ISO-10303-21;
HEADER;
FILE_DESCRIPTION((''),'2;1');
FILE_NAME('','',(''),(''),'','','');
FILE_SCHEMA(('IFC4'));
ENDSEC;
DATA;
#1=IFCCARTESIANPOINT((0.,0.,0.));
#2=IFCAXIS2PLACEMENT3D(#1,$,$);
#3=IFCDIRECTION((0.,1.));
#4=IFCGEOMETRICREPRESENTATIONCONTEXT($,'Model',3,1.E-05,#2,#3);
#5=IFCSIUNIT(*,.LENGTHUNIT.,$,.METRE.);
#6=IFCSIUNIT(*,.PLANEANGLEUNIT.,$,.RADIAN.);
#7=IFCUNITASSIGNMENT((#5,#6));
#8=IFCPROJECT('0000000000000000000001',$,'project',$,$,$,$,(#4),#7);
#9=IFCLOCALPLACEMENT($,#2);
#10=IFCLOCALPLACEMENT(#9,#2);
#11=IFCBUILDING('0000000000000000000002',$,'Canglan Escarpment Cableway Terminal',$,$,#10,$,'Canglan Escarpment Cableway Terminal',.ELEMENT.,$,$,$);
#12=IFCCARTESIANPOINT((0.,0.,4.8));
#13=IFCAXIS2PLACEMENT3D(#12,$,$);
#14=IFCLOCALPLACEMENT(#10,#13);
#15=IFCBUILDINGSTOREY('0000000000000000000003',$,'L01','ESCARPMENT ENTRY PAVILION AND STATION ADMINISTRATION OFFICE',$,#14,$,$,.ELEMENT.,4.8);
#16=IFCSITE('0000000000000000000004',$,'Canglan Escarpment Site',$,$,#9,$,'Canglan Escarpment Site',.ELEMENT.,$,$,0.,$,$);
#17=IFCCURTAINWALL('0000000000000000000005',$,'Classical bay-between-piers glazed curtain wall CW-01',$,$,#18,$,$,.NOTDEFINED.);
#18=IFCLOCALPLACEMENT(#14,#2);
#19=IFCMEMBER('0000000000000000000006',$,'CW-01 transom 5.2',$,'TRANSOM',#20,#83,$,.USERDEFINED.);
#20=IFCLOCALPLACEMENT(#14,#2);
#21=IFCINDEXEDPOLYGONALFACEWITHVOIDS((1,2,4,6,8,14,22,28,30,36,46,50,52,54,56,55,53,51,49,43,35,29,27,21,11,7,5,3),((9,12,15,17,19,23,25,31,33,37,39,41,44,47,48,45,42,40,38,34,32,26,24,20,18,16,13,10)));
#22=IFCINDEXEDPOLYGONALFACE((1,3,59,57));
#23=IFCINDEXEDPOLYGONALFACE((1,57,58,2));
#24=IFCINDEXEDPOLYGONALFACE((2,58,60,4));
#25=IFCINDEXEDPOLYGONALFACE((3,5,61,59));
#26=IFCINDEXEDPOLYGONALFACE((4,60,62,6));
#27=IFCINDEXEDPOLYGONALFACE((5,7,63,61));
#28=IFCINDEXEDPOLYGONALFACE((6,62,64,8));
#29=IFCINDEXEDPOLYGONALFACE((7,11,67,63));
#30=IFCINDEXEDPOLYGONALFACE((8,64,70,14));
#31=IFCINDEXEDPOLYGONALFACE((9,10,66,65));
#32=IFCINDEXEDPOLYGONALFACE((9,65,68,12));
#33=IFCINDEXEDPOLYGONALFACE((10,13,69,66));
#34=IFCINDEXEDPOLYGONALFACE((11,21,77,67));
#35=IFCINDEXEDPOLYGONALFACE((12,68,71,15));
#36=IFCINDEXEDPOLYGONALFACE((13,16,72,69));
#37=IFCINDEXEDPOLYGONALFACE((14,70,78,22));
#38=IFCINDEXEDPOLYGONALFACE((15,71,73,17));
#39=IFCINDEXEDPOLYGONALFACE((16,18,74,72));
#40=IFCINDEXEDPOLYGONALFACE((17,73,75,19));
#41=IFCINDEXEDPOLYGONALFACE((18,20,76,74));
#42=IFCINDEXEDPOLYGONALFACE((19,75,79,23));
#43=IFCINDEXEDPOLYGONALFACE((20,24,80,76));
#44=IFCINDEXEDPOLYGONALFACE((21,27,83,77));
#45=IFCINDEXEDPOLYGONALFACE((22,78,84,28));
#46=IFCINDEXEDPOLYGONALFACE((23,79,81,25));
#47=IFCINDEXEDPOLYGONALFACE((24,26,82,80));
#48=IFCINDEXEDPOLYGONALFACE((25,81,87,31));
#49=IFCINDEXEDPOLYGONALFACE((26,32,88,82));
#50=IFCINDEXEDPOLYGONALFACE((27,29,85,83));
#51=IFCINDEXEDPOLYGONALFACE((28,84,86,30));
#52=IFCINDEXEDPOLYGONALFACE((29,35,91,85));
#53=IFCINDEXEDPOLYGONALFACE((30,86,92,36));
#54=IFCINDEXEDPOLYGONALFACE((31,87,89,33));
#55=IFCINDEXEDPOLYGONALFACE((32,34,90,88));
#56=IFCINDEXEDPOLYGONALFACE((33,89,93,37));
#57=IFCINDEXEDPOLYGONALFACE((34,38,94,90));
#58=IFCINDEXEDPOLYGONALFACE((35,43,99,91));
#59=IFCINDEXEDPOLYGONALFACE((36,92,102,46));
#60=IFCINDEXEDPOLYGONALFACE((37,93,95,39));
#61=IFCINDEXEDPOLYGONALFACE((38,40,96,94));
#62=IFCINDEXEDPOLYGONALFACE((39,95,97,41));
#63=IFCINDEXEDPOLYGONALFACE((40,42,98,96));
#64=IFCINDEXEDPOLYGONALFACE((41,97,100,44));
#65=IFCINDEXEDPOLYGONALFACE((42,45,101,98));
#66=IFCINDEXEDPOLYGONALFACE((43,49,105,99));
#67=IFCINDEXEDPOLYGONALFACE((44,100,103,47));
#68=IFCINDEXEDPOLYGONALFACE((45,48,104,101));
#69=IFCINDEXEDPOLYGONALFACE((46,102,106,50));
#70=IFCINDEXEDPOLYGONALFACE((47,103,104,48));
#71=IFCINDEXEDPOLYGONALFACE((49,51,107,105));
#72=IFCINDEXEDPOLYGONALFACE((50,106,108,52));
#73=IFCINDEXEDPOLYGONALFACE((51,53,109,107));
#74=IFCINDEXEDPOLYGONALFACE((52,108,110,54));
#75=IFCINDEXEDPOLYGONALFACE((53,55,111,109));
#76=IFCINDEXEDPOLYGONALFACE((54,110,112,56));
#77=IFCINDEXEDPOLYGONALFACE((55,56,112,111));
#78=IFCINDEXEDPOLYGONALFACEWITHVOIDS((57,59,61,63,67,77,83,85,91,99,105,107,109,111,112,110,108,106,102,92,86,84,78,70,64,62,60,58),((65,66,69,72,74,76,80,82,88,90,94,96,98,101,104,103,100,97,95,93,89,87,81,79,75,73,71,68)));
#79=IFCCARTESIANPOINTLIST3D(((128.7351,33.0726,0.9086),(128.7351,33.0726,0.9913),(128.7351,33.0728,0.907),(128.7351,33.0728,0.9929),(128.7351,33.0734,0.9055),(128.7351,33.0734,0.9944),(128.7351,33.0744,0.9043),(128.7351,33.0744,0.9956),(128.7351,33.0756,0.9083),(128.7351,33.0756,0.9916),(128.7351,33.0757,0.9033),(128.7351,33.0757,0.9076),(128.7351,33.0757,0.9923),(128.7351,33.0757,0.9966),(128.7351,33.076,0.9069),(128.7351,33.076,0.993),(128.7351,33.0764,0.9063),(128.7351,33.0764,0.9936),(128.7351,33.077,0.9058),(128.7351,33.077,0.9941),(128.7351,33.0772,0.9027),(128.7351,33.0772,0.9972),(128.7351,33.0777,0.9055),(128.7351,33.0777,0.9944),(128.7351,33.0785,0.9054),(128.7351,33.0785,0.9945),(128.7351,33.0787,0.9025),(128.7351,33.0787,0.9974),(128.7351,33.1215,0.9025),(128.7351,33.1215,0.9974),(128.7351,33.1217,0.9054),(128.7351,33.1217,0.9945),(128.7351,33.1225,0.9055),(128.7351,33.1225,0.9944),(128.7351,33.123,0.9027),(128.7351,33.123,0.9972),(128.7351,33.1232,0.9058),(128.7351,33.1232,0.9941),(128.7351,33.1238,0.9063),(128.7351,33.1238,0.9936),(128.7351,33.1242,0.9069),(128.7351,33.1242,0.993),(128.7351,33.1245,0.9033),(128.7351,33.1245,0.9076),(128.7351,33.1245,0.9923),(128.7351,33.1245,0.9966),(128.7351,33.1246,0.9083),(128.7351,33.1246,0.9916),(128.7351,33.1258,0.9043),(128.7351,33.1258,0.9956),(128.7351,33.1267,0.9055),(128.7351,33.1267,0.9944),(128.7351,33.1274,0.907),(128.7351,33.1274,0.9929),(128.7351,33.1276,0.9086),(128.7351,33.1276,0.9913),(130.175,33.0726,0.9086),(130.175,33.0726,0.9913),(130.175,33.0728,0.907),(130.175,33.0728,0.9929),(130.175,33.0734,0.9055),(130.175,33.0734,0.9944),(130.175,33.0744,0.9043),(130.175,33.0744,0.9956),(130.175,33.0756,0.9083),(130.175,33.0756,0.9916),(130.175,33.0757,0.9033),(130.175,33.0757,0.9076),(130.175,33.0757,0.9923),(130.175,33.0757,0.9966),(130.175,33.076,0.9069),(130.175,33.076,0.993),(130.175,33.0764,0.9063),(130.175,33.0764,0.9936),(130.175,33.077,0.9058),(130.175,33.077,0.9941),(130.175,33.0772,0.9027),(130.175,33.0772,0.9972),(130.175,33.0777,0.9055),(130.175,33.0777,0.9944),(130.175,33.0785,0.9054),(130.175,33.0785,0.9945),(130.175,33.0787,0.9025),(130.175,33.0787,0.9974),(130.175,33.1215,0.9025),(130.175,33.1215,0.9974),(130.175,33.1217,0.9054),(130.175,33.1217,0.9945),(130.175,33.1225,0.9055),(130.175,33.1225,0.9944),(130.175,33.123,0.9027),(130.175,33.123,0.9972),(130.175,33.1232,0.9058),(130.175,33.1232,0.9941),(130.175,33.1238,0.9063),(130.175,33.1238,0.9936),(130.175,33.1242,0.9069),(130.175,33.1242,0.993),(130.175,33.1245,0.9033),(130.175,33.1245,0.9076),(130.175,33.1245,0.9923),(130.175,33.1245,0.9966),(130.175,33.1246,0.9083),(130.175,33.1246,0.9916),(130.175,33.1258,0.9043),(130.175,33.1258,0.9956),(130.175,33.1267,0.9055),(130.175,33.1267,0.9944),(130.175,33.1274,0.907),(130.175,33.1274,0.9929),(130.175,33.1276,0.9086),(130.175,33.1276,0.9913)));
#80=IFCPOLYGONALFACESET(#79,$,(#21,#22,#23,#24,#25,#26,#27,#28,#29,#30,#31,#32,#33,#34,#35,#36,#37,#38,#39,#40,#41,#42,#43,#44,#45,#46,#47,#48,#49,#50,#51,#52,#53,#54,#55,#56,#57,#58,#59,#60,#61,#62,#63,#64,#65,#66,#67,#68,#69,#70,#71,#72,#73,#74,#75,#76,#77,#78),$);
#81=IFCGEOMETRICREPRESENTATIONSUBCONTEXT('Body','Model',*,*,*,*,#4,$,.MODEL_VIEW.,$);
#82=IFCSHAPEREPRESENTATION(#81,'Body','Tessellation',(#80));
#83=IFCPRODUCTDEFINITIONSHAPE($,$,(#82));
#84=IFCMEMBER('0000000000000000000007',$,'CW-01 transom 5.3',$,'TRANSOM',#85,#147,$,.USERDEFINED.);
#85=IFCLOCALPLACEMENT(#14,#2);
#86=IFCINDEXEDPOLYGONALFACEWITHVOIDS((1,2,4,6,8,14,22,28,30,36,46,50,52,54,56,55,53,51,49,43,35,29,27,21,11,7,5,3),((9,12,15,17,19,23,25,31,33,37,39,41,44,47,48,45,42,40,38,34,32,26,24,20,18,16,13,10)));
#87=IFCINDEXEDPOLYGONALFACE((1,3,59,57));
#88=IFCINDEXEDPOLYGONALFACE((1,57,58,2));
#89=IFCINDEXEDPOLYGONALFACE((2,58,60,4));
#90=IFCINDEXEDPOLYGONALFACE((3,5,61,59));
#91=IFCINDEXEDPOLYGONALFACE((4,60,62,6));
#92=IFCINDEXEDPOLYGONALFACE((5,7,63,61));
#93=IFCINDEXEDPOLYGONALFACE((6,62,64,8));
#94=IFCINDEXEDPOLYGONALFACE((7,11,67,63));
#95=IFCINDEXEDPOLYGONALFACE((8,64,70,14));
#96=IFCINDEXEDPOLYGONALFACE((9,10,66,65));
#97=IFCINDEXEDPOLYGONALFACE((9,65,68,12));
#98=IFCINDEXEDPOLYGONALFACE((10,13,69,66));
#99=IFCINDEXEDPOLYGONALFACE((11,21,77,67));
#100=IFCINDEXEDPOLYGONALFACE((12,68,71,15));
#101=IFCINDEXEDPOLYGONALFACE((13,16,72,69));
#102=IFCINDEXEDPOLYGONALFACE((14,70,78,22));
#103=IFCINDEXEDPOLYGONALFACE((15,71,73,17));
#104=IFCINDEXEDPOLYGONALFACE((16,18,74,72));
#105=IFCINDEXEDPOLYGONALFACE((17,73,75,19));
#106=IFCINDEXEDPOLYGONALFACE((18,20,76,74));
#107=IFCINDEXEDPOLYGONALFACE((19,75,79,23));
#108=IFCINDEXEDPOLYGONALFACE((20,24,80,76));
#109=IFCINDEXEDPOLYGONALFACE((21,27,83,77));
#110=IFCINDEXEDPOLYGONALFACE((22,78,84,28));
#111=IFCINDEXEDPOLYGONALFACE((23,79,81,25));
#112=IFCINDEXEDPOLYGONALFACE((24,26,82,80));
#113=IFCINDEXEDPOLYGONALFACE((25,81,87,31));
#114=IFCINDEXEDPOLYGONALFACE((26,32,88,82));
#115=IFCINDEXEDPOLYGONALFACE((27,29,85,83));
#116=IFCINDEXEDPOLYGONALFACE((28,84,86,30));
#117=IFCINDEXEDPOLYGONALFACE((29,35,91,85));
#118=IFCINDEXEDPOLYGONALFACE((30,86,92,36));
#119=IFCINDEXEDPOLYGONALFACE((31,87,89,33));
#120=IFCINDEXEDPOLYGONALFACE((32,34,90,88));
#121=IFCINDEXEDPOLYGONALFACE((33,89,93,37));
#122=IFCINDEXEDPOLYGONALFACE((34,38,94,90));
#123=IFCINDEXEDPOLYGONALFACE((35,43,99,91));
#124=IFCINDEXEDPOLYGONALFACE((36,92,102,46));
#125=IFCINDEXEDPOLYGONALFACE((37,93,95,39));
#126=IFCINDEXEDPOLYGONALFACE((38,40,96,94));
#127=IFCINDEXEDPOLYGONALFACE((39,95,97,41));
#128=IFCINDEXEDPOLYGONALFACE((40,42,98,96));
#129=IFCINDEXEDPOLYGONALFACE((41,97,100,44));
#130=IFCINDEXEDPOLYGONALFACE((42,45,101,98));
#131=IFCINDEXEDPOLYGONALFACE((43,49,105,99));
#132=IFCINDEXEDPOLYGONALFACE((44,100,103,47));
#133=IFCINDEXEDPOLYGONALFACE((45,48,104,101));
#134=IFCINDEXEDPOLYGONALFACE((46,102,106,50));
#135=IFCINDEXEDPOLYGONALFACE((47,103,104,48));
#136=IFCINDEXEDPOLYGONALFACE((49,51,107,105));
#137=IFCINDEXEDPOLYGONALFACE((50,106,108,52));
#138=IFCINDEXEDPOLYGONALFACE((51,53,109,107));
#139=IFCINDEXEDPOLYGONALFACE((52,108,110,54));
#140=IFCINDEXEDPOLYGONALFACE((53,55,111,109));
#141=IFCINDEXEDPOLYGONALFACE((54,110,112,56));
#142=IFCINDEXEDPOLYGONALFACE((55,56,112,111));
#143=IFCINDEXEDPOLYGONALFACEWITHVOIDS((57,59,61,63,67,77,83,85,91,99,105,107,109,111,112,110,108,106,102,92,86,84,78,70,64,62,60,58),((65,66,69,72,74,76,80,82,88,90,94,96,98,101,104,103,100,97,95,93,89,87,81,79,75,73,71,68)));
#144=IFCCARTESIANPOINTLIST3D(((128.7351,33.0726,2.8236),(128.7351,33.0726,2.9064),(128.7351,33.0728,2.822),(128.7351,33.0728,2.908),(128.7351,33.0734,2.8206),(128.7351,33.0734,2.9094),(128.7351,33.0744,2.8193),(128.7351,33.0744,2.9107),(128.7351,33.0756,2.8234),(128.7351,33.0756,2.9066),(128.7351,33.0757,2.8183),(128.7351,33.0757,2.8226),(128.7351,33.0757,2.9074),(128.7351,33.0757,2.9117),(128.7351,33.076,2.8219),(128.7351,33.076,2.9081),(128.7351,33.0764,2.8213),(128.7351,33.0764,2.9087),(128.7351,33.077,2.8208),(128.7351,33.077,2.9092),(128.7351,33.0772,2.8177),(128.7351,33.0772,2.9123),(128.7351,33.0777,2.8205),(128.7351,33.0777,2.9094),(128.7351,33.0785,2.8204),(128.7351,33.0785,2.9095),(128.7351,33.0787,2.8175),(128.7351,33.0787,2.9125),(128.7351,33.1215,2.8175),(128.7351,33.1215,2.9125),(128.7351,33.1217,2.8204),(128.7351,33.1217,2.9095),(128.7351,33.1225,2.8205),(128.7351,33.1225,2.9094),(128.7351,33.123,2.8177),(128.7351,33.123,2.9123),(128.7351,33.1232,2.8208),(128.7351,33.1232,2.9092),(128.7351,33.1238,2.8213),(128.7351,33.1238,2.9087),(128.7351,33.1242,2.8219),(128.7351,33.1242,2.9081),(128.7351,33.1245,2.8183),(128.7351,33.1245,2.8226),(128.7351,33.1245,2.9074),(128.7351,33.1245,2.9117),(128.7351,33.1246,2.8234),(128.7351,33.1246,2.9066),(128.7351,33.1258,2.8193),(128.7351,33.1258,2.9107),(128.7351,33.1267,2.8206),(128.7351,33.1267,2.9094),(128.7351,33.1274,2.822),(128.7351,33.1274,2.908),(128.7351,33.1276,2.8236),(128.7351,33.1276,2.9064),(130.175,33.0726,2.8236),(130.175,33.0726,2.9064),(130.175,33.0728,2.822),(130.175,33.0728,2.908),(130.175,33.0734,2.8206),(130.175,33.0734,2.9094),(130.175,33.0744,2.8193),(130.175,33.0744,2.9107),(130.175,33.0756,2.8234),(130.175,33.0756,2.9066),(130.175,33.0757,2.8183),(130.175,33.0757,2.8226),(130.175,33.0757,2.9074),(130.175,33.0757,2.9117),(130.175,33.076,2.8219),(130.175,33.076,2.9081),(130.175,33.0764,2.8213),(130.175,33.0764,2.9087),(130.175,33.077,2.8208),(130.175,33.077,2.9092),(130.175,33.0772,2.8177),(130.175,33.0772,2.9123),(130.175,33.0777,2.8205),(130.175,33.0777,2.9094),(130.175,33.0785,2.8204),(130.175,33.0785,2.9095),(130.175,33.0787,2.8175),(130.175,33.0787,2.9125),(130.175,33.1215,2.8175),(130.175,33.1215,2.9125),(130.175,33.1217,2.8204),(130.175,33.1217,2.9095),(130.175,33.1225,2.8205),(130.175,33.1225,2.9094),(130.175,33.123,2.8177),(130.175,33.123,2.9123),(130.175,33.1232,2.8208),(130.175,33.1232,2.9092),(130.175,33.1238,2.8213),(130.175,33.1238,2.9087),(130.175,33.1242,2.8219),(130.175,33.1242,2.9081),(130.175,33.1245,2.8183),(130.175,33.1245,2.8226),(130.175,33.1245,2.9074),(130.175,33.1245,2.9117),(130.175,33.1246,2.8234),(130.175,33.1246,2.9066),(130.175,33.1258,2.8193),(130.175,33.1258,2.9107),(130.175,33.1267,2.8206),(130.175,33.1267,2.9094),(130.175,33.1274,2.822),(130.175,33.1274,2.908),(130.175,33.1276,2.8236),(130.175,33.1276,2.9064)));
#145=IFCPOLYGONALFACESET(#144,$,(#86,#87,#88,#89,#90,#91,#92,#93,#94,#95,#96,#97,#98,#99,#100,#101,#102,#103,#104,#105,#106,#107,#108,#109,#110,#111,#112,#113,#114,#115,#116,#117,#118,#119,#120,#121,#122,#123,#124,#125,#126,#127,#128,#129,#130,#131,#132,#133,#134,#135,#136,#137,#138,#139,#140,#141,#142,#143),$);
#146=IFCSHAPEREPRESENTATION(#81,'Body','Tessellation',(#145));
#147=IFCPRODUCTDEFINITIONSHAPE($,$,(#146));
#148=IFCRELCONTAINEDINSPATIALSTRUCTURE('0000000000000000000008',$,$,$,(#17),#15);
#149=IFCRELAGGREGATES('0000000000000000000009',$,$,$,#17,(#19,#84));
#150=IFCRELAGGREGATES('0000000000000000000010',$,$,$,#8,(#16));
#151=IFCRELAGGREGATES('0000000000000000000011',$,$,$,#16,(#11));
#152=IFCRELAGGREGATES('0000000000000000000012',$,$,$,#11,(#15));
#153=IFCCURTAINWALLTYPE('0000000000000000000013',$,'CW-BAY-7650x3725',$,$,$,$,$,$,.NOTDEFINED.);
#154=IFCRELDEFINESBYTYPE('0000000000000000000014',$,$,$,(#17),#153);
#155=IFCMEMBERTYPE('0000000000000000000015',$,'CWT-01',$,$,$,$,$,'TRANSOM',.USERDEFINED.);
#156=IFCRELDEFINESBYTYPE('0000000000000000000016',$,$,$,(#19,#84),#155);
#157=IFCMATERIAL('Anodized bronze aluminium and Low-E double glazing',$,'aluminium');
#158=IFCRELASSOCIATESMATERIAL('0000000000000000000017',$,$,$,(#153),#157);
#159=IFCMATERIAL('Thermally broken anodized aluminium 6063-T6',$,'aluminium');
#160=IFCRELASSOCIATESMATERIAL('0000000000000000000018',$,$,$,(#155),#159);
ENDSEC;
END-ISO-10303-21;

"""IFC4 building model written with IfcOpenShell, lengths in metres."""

from ifc_helpers import new_model, si_unit, direction, frame, origin, origin_2d, place, context, subcontext, project, spatial, hollow_rectangle, extrude, material, material_profile, profile_set, type_object, element, aggregate, save


model = new_model("IFC4")

# Units and contexts
model_context = context("Model", 3, precision=1e-05, world=origin(), true_north=direction((0.0, 1.0)))
body_context = subcontext(model_context, "Body", "Model", "MODEL_VIEW")
ifc_project = project(units=[si_unit("LENGTHUNIT", "METRE"), si_unit("PLANEANGLEUNIT", "RADIAN")], contexts=[model_context])

# Site, building, storey
site_placement = place(None, origin())
site = spatial("IfcSite", under=ifc_project, at=site_placement, Name="Canglan Escarpment Site", LongName="Canglan Escarpment Site", CompositionType="ELEMENT", RefElevation=0.0)
building_placement = place(site_placement, origin())
building = spatial("IfcBuilding", under=site, at=building_placement, Name="Canglan Escarpment Cableway Terminal", LongName="Canglan Escarpment Cableway Terminal", CompositionType="ELEMENT")
storey_placement = place(building_placement, frame((0.0, 0.0, 4.8)))
storey = spatial("IfcBuildingStorey", under=building, at=storey_placement, Name="L01", Description="ESCARPMENT ENTRY PAVILION AND STATION ADMINISTRATION OFFICE", CompositionType="ELEMENT", Elevation=4.8)

# Curtain wall, members
ifc_material_1 = material(Name="Anodized bronze aluminium and Low-E double glazing", Category="aluminium")
curtain_wall_type = type_object("IfcCurtainWallType", Name="CW-BAY-7650x3725", PredefinedType="NOTDEFINED", material=ifc_material_1)
curtain_wall_placement = place(storey_placement, origin())
curtain_wall = element("IfcCurtainWall", 1, at=curtain_wall_placement, inside=storey, type_object=curtain_wall_type, Name="Classical bay-between-piers glazed curtain wall CW-01", PredefinedType="NOTDEFINED")
ifc_material_2 = material(Name="Thermally broken anodized aluminium 6063-T6", Category="aluminium")
ifc_material_profile_1 = material_profile(ifc_material_2, hollow_rectangle(XDim=0.0549, YDim=0.095, WallThickness=0.0029, InnerFilletRadius=0.0029, OuterFilletRadius=0.0061, at=origin_2d()), Name="ALU-TRAN 55x95x3")
ifc_profile_set_1 = profile_set([ifc_material_profile_1], Name="Thermally broken anodized aluminium 6063-T6")
member_type_1 = type_object("IfcMemberType", Name="CWT-01", ElementType="TRANSOM", PredefinedType="USERDEFINED", material=ifc_profile_set_1)
member_1_placement = place(storey_placement, frame((130.175, 33.1001, 0.95), z_axis=(-1.0, 0.0, 0.0), x_axis=(0.0, -1.0, 0.0)))
member_1 = element("IfcMember", 2, at=member_1_placement, type_object=member_type_1, Name="CW-01 transom 5.2", ObjectType="TRANSOM", PredefinedType="USERDEFINED", context=body_context, shape_type="SweptSolid", body=[
    extrude(hollow_rectangle(XDim=0.0549, YDim=0.095, WallThickness=0.0029, InnerFilletRadius=0.0029, OuterFilletRadius=0.0061, at=origin_2d()), origin(), (0.0, 0.0, 1.0), 1.4399),
])
member_2_placement = place(storey_placement, frame((130.175, 33.1001, 2.865), z_axis=(-1.0, 0.0, 0.0), x_axis=(0.0, -1.0, 0.0)))
member_2 = element("IfcMember", 3, at=member_2_placement, type_object=member_type_1, Name="CW-01 transom 5.3", ObjectType="TRANSOM", PredefinedType="USERDEFINED", context=body_context, shape_type="SweptSolid", body=[
    extrude(hollow_rectangle(XDim=0.0549, YDim=0.095, WallThickness=0.0029, InnerFilletRadius=0.0029, OuterFilletRadius=0.0061, at=origin_2d()), origin(), (0.0, 0.0, 1.0), 1.4399),
])
aggregate(curtain_wall, [member_1, member_2])

save(model, "model.ifc")
